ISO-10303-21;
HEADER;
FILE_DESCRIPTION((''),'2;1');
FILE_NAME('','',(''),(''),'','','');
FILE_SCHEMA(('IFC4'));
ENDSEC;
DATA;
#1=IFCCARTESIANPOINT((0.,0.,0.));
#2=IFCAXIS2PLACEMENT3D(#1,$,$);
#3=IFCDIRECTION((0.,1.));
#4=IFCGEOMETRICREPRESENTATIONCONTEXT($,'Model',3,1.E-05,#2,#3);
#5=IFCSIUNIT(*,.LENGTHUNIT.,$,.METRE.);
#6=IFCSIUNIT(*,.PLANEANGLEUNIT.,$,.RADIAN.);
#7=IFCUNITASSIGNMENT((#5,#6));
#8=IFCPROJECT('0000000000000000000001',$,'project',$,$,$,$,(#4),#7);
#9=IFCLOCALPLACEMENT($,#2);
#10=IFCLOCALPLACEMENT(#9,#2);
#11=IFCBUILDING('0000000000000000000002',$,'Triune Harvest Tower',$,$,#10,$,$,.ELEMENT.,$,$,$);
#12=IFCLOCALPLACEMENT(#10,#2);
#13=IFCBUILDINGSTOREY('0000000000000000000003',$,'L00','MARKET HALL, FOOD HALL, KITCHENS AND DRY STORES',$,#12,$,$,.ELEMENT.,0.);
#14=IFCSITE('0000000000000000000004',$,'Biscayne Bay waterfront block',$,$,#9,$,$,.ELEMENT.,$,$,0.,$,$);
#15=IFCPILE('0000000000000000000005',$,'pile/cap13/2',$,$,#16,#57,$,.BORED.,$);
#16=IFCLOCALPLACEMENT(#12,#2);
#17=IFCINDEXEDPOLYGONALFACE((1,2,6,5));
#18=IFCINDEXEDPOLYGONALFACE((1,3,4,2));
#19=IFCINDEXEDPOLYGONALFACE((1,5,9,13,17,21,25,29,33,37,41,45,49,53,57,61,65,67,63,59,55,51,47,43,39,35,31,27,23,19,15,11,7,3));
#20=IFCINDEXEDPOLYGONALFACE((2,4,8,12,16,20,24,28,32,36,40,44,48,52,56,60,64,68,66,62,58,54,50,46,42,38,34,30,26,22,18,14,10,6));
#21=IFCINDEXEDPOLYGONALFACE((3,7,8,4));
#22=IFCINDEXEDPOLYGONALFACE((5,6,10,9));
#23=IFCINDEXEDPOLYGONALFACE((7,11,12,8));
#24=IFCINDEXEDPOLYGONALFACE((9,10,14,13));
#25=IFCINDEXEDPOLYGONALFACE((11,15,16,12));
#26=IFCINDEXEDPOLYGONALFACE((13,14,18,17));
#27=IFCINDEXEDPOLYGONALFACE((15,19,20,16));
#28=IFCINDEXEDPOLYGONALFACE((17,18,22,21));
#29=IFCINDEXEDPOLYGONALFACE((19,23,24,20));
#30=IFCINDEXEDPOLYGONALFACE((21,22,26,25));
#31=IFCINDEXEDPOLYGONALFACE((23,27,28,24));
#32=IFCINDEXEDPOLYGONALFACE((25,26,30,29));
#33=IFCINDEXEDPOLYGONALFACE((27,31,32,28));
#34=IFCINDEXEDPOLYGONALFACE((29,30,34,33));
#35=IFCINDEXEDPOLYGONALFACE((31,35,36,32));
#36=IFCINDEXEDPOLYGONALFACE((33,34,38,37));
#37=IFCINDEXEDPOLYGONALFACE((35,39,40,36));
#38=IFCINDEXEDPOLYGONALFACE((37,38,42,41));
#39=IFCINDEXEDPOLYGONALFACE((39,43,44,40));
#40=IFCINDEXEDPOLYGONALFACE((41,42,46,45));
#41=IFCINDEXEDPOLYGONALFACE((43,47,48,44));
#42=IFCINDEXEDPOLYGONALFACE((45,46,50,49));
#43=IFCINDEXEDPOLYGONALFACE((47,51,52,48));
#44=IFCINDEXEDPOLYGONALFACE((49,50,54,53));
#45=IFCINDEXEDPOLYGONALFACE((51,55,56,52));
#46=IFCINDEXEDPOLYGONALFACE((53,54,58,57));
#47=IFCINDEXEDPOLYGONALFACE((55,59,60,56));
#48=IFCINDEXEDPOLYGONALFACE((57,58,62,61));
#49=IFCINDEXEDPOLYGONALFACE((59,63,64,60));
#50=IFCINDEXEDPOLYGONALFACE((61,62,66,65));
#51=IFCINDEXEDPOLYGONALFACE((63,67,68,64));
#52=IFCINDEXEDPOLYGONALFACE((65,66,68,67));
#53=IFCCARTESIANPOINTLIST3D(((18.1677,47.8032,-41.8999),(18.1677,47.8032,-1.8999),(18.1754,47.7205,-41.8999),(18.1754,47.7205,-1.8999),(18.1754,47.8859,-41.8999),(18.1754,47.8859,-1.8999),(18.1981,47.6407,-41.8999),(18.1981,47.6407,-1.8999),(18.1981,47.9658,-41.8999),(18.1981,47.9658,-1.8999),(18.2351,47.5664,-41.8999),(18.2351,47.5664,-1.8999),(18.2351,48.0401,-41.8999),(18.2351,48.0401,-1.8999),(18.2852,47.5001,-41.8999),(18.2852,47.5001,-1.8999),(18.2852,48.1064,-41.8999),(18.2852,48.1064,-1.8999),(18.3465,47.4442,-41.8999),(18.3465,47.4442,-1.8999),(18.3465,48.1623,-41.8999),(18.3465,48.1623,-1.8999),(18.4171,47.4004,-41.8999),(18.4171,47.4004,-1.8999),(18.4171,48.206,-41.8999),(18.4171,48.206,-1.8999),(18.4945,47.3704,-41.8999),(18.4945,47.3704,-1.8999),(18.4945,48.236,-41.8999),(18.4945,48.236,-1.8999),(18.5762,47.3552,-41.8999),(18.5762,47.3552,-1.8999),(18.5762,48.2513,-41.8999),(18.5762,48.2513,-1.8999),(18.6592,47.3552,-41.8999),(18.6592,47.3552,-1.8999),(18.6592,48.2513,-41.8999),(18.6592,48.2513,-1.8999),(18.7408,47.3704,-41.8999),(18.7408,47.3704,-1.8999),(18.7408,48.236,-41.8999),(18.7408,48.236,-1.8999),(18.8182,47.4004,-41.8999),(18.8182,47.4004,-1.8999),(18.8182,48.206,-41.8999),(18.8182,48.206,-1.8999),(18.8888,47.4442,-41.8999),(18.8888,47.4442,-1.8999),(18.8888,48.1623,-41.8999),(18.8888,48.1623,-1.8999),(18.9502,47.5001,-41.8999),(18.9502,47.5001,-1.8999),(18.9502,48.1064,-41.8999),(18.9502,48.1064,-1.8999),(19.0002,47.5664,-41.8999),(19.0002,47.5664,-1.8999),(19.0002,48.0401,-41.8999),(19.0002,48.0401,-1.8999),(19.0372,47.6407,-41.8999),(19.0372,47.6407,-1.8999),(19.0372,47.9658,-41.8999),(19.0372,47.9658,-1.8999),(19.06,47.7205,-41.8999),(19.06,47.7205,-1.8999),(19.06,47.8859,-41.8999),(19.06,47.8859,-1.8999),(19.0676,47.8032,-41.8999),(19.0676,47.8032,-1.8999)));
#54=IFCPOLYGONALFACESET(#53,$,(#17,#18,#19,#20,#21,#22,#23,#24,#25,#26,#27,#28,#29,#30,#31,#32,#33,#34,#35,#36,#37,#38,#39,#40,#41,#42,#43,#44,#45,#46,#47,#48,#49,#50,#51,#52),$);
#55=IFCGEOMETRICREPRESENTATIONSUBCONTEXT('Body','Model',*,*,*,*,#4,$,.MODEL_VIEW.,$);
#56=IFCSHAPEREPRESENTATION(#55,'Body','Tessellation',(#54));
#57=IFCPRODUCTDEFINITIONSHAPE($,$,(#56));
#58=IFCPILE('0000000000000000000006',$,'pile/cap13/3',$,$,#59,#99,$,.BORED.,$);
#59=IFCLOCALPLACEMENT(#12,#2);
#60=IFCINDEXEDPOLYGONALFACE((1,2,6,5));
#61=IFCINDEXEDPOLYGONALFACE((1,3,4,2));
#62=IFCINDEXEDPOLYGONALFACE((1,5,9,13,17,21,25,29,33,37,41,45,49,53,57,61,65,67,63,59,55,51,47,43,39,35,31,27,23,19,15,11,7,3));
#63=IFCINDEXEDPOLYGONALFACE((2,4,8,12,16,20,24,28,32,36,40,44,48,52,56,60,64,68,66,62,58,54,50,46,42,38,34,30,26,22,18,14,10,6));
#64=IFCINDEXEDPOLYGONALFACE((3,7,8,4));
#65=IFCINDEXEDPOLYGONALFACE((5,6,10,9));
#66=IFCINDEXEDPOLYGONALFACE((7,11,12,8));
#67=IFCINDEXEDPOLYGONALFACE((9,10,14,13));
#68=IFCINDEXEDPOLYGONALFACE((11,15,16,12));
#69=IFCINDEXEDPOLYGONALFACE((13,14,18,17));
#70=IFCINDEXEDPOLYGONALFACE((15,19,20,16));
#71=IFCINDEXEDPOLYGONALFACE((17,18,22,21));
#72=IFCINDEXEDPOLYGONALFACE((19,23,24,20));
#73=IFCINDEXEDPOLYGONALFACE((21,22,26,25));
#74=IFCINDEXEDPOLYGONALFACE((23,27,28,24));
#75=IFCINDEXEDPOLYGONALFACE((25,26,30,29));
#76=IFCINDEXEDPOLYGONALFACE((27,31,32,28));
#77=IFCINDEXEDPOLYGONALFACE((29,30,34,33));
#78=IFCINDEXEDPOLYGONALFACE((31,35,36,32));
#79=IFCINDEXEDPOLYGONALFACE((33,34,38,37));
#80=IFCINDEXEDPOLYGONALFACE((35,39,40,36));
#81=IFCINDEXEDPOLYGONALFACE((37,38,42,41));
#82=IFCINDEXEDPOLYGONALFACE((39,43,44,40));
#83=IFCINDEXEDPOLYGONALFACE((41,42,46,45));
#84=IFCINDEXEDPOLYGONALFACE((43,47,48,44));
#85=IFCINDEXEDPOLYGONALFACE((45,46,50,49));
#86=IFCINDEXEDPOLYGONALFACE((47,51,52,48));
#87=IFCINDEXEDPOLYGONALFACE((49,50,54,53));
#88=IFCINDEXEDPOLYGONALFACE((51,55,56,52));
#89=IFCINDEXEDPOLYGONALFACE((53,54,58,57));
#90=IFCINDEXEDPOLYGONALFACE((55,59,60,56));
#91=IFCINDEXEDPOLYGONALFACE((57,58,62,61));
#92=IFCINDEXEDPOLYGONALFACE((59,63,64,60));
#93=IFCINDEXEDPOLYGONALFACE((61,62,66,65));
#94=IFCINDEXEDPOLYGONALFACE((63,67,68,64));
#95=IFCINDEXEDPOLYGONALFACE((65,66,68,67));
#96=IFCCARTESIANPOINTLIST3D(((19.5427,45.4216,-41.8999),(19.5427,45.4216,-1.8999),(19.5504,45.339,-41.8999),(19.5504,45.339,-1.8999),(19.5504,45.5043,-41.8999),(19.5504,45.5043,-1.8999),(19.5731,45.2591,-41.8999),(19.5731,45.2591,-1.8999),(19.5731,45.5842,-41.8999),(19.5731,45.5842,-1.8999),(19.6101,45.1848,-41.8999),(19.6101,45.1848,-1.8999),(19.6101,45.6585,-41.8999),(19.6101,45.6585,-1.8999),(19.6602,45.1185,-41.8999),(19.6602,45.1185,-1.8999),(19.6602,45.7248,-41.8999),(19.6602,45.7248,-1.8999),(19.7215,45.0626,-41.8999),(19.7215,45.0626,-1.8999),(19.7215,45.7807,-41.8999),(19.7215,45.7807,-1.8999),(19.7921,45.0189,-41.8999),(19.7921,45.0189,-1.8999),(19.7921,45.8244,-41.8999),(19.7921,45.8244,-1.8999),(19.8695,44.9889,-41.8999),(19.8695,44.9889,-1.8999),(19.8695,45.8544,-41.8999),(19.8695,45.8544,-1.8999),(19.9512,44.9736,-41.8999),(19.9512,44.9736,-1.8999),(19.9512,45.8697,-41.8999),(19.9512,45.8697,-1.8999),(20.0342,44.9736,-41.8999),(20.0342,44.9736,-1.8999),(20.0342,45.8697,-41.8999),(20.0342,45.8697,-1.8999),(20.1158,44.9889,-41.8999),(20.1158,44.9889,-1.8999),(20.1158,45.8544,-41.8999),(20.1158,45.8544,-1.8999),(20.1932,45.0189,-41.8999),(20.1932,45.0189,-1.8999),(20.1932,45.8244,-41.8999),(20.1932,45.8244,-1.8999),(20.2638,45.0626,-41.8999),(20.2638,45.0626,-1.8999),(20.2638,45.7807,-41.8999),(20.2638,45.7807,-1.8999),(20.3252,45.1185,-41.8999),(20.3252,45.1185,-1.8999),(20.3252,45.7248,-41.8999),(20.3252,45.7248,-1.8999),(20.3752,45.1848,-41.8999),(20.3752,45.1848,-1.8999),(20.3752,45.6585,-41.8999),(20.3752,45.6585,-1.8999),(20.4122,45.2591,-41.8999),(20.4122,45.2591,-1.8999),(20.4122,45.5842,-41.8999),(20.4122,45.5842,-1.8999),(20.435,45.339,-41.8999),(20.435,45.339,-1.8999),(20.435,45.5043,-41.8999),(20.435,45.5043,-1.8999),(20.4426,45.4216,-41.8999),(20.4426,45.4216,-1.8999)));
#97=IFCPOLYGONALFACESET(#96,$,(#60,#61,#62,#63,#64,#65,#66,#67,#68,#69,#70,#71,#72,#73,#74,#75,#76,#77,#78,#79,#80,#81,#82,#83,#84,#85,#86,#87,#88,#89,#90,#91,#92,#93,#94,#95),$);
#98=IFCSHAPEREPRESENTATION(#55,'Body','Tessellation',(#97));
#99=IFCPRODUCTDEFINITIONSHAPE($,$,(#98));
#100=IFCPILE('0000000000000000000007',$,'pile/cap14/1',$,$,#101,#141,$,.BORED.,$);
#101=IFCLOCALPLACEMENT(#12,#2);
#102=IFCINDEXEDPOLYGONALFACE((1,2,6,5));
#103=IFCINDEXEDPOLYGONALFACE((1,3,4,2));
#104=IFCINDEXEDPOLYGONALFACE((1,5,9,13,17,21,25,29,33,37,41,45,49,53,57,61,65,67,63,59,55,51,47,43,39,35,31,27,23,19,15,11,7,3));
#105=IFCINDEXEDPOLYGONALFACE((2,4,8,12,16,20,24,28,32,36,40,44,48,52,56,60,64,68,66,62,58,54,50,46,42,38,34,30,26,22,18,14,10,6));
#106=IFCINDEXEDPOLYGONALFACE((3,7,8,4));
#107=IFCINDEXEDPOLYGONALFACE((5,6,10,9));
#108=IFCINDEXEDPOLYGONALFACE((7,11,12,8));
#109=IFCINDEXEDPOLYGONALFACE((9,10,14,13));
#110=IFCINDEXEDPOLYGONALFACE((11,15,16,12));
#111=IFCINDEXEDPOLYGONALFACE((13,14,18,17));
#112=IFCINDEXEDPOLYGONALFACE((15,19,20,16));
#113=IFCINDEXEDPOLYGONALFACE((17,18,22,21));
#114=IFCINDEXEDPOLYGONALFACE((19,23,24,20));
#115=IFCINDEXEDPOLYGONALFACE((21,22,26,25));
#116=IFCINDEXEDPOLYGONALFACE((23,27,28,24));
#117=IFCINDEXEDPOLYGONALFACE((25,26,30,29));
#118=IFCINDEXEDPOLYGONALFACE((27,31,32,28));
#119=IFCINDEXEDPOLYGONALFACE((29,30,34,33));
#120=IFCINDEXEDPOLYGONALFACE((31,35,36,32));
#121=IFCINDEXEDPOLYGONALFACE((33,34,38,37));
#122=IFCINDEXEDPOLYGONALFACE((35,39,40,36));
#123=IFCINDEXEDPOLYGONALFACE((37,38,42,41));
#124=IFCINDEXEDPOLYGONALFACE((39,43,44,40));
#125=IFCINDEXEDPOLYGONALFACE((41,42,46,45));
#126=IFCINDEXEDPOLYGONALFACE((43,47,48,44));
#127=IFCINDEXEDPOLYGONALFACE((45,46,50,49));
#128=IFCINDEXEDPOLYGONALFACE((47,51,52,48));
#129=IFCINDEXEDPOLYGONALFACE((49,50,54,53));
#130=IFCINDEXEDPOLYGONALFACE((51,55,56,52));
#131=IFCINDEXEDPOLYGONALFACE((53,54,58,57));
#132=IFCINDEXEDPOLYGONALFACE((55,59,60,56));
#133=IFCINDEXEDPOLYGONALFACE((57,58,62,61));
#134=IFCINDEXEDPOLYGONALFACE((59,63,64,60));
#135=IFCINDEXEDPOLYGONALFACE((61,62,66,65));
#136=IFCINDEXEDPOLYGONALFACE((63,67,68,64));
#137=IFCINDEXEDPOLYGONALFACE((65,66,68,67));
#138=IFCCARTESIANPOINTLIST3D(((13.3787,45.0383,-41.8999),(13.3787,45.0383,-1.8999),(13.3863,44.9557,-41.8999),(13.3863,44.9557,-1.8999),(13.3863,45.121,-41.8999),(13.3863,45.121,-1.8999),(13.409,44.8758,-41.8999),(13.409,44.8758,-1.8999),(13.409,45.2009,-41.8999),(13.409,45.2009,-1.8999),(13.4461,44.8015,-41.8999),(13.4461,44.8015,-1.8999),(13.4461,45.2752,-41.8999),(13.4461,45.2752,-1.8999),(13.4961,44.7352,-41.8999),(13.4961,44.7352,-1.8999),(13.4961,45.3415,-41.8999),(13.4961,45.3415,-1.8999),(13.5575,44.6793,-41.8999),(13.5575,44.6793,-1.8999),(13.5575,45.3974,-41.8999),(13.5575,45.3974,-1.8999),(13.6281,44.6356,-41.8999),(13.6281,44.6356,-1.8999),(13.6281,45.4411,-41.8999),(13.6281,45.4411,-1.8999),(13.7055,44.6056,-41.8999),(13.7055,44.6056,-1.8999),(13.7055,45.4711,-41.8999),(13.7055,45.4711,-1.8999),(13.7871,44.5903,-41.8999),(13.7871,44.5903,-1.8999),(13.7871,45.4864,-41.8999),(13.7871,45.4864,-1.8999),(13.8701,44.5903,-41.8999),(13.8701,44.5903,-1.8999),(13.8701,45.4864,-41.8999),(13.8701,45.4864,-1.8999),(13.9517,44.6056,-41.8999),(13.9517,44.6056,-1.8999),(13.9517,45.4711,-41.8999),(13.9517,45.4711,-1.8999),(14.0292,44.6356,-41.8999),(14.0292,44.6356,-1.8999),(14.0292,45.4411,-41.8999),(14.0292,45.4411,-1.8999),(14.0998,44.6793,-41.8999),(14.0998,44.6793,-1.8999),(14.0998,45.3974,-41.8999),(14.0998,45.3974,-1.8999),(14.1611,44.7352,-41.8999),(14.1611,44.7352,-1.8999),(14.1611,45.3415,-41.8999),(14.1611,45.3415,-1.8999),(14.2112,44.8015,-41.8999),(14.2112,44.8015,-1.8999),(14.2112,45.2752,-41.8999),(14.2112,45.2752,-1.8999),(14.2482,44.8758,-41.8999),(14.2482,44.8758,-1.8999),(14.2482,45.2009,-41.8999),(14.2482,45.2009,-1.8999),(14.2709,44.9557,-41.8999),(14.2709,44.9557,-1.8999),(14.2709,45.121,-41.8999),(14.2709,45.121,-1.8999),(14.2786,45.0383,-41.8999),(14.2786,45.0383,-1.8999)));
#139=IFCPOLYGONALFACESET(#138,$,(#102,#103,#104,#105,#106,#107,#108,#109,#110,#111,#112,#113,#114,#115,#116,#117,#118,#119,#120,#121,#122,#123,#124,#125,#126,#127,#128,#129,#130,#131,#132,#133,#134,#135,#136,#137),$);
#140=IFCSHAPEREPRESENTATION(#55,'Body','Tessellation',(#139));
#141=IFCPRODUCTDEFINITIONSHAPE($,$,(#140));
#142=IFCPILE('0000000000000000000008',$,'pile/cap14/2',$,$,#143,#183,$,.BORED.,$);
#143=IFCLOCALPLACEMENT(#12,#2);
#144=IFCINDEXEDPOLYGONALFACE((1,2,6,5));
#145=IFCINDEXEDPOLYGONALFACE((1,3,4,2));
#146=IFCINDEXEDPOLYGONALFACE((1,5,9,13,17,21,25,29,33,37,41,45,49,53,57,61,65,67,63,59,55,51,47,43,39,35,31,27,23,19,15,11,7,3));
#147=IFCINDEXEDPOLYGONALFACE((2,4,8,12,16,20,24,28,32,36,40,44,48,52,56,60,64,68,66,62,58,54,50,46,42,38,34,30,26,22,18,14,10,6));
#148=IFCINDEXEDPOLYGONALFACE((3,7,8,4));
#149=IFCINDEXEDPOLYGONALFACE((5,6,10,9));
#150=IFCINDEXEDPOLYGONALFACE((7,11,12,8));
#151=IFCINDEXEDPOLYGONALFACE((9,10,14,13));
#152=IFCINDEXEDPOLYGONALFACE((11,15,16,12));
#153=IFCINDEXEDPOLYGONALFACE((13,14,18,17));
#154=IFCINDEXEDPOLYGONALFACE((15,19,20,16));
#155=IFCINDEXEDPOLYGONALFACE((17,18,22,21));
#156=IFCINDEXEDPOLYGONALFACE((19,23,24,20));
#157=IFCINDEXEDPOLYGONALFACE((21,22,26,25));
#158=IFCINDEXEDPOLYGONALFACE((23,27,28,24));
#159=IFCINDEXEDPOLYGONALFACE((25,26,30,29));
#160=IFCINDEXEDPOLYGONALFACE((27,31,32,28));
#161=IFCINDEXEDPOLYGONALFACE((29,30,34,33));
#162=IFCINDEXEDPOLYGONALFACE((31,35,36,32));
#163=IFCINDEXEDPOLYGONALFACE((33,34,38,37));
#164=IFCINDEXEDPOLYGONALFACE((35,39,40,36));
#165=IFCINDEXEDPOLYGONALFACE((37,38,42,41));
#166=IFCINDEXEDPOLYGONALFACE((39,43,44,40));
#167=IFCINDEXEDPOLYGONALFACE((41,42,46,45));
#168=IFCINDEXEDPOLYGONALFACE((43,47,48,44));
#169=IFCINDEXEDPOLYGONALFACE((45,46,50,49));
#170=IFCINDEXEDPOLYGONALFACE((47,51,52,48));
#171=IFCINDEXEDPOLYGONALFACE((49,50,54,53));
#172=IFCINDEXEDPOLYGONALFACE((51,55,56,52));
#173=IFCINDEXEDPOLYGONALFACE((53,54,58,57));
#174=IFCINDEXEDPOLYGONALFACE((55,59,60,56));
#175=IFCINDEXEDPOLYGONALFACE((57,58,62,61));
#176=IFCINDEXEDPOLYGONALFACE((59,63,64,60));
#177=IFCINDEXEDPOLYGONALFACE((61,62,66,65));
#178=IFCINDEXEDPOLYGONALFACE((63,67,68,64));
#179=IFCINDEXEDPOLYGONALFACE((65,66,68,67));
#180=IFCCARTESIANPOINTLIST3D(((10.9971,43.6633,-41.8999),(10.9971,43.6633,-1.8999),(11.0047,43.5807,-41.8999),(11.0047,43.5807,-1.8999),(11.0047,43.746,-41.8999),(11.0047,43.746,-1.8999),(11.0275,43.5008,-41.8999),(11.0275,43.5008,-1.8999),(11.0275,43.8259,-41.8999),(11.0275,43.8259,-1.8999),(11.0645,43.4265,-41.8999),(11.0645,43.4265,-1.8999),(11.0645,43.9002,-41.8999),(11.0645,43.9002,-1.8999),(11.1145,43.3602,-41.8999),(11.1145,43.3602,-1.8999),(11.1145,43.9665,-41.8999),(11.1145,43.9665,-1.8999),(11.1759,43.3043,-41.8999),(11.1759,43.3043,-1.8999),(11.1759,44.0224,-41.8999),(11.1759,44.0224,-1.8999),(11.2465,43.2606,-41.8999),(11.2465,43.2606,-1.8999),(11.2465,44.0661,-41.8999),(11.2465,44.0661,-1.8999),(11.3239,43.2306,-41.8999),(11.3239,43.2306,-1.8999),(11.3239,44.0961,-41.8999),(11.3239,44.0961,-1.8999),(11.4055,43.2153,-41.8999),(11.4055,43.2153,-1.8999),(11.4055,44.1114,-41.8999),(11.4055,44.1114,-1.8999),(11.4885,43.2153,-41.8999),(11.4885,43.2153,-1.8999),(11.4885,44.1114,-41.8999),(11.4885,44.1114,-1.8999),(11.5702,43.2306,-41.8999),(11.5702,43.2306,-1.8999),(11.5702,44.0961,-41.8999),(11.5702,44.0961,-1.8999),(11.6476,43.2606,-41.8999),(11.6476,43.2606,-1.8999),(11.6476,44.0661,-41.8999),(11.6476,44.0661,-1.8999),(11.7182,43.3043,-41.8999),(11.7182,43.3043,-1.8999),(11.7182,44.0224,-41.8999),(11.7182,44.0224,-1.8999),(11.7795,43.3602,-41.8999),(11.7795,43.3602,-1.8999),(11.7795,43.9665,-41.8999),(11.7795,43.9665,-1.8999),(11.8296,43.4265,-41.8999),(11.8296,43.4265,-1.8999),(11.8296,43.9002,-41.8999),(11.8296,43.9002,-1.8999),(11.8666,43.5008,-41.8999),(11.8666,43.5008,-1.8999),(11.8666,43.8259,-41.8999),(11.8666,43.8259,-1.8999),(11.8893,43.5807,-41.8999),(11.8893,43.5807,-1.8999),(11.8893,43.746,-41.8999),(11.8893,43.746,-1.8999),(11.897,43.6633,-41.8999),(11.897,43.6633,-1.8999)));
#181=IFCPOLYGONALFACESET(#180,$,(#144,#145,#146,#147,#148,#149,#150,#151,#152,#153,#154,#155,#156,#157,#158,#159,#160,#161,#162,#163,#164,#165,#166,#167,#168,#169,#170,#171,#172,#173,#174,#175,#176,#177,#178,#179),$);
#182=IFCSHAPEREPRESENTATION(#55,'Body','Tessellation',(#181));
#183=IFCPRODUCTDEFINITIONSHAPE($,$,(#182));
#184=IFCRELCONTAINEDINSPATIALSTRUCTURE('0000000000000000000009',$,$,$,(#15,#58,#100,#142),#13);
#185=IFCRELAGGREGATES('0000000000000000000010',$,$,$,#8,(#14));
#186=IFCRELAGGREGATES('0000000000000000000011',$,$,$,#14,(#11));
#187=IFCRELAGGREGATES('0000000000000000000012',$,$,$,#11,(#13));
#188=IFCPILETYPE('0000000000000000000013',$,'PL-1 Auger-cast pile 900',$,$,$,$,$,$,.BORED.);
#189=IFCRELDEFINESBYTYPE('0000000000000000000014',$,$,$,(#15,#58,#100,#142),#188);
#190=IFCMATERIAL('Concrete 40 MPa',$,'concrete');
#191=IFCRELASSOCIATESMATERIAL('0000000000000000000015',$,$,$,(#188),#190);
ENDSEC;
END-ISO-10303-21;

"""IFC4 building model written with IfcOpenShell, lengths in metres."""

from ifc_helpers import new_model, si_unit, direction, frame, origin, origin_2d, place, context, subcontext, project, spatial, circle, extrude, source, transform, mapped, material, material_profile, profile_set, type_object, element, save


model = new_model("IFC4")

# Units and contexts
model_context = context("Model", 3, precision=1e-05, world=origin(), true_north=direction((0.0, 1.0)))
body_context = subcontext(model_context, "Body", "Model", "MODEL_VIEW")
ifc_project = project(units=[si_unit("LENGTHUNIT", "METRE"), si_unit("PLANEANGLEUNIT", "RADIAN")], contexts=[model_context])

# Site, building, storey
site_placement = place(None, origin())
site = spatial("IfcSite", under=ifc_project, at=site_placement, Name="Biscayne Bay waterfront block", CompositionType="ELEMENT", RefElevation=0.0)
building_placement = place(site_placement, origin())
building = spatial("IfcBuilding", under=site, at=building_placement, Name="Triune Harvest Tower", CompositionType="ELEMENT")
storey_placement = place(building_placement, origin())
storey = spatial("IfcBuildingStorey", under=building, at=storey_placement, Name="L00", Description="MARKET HALL, FOOD HALL, KITCHENS AND DRY STORES", CompositionType="ELEMENT", Elevation=0.0)

# Piles
ifc_material_1 = material(Name="Concrete 40 MPa", Category="concrete")
ifc_material_profile_1 = material_profile(ifc_material_1, circle(Radius=0.45, at=origin_2d()), Name="Bored 900")
ifc_profile_set_1 = profile_set([ifc_material_profile_1], Name="Concrete 40 MPa")
pile_type = type_object("IfcPileType", Name="PL-1 Auger-cast pile 900", PredefinedType="BORED", material=ifc_profile_set_1)
shared_shape_1 = source(origin(), body_context, "Body", "SweptSolid", [
    extrude(circle(Radius=0.45, at=origin_2d()), origin(), (0.0, 0.0, 1.0), 40.0),
])
for number, where, z_axis, x_axis, name in (
    (1, (18.6177, 47.8032, -1.8999), (0.0, 0.0, -1.0), (1.0, 0.0, 0.0), "pile/cap13/2"),
    (2, (19.9927, 45.4216, -1.8999), (0.0, 0.0, -1.0), (1.0, 0.0, 0.0), "pile/cap13/3"),
    (3, (13.8286, 45.0383, -1.8999), (0.0, 0.0, -1.0), (1.0, 0.0, 0.0), "pile/cap14/1"),
    (4, (11.447, 43.6633, -1.8999), (0.0, 0.0, -1.0), (1.0, 0.0, 0.0), "pile/cap14/2"),
):
    element("IfcPile", number, at=place(storey_placement, frame(where, z_axis=z_axis, x_axis=x_axis)), inside=storey, type_object=pile_type, Name=name, PredefinedType="BORED", context=body_context, shape_type="MappedRepresentation", body=[
        mapped(shared_shape_1, transform((0.0, 0.0, 0.0), scale=1.0)),
    ])

save(model, "model.ifc")
